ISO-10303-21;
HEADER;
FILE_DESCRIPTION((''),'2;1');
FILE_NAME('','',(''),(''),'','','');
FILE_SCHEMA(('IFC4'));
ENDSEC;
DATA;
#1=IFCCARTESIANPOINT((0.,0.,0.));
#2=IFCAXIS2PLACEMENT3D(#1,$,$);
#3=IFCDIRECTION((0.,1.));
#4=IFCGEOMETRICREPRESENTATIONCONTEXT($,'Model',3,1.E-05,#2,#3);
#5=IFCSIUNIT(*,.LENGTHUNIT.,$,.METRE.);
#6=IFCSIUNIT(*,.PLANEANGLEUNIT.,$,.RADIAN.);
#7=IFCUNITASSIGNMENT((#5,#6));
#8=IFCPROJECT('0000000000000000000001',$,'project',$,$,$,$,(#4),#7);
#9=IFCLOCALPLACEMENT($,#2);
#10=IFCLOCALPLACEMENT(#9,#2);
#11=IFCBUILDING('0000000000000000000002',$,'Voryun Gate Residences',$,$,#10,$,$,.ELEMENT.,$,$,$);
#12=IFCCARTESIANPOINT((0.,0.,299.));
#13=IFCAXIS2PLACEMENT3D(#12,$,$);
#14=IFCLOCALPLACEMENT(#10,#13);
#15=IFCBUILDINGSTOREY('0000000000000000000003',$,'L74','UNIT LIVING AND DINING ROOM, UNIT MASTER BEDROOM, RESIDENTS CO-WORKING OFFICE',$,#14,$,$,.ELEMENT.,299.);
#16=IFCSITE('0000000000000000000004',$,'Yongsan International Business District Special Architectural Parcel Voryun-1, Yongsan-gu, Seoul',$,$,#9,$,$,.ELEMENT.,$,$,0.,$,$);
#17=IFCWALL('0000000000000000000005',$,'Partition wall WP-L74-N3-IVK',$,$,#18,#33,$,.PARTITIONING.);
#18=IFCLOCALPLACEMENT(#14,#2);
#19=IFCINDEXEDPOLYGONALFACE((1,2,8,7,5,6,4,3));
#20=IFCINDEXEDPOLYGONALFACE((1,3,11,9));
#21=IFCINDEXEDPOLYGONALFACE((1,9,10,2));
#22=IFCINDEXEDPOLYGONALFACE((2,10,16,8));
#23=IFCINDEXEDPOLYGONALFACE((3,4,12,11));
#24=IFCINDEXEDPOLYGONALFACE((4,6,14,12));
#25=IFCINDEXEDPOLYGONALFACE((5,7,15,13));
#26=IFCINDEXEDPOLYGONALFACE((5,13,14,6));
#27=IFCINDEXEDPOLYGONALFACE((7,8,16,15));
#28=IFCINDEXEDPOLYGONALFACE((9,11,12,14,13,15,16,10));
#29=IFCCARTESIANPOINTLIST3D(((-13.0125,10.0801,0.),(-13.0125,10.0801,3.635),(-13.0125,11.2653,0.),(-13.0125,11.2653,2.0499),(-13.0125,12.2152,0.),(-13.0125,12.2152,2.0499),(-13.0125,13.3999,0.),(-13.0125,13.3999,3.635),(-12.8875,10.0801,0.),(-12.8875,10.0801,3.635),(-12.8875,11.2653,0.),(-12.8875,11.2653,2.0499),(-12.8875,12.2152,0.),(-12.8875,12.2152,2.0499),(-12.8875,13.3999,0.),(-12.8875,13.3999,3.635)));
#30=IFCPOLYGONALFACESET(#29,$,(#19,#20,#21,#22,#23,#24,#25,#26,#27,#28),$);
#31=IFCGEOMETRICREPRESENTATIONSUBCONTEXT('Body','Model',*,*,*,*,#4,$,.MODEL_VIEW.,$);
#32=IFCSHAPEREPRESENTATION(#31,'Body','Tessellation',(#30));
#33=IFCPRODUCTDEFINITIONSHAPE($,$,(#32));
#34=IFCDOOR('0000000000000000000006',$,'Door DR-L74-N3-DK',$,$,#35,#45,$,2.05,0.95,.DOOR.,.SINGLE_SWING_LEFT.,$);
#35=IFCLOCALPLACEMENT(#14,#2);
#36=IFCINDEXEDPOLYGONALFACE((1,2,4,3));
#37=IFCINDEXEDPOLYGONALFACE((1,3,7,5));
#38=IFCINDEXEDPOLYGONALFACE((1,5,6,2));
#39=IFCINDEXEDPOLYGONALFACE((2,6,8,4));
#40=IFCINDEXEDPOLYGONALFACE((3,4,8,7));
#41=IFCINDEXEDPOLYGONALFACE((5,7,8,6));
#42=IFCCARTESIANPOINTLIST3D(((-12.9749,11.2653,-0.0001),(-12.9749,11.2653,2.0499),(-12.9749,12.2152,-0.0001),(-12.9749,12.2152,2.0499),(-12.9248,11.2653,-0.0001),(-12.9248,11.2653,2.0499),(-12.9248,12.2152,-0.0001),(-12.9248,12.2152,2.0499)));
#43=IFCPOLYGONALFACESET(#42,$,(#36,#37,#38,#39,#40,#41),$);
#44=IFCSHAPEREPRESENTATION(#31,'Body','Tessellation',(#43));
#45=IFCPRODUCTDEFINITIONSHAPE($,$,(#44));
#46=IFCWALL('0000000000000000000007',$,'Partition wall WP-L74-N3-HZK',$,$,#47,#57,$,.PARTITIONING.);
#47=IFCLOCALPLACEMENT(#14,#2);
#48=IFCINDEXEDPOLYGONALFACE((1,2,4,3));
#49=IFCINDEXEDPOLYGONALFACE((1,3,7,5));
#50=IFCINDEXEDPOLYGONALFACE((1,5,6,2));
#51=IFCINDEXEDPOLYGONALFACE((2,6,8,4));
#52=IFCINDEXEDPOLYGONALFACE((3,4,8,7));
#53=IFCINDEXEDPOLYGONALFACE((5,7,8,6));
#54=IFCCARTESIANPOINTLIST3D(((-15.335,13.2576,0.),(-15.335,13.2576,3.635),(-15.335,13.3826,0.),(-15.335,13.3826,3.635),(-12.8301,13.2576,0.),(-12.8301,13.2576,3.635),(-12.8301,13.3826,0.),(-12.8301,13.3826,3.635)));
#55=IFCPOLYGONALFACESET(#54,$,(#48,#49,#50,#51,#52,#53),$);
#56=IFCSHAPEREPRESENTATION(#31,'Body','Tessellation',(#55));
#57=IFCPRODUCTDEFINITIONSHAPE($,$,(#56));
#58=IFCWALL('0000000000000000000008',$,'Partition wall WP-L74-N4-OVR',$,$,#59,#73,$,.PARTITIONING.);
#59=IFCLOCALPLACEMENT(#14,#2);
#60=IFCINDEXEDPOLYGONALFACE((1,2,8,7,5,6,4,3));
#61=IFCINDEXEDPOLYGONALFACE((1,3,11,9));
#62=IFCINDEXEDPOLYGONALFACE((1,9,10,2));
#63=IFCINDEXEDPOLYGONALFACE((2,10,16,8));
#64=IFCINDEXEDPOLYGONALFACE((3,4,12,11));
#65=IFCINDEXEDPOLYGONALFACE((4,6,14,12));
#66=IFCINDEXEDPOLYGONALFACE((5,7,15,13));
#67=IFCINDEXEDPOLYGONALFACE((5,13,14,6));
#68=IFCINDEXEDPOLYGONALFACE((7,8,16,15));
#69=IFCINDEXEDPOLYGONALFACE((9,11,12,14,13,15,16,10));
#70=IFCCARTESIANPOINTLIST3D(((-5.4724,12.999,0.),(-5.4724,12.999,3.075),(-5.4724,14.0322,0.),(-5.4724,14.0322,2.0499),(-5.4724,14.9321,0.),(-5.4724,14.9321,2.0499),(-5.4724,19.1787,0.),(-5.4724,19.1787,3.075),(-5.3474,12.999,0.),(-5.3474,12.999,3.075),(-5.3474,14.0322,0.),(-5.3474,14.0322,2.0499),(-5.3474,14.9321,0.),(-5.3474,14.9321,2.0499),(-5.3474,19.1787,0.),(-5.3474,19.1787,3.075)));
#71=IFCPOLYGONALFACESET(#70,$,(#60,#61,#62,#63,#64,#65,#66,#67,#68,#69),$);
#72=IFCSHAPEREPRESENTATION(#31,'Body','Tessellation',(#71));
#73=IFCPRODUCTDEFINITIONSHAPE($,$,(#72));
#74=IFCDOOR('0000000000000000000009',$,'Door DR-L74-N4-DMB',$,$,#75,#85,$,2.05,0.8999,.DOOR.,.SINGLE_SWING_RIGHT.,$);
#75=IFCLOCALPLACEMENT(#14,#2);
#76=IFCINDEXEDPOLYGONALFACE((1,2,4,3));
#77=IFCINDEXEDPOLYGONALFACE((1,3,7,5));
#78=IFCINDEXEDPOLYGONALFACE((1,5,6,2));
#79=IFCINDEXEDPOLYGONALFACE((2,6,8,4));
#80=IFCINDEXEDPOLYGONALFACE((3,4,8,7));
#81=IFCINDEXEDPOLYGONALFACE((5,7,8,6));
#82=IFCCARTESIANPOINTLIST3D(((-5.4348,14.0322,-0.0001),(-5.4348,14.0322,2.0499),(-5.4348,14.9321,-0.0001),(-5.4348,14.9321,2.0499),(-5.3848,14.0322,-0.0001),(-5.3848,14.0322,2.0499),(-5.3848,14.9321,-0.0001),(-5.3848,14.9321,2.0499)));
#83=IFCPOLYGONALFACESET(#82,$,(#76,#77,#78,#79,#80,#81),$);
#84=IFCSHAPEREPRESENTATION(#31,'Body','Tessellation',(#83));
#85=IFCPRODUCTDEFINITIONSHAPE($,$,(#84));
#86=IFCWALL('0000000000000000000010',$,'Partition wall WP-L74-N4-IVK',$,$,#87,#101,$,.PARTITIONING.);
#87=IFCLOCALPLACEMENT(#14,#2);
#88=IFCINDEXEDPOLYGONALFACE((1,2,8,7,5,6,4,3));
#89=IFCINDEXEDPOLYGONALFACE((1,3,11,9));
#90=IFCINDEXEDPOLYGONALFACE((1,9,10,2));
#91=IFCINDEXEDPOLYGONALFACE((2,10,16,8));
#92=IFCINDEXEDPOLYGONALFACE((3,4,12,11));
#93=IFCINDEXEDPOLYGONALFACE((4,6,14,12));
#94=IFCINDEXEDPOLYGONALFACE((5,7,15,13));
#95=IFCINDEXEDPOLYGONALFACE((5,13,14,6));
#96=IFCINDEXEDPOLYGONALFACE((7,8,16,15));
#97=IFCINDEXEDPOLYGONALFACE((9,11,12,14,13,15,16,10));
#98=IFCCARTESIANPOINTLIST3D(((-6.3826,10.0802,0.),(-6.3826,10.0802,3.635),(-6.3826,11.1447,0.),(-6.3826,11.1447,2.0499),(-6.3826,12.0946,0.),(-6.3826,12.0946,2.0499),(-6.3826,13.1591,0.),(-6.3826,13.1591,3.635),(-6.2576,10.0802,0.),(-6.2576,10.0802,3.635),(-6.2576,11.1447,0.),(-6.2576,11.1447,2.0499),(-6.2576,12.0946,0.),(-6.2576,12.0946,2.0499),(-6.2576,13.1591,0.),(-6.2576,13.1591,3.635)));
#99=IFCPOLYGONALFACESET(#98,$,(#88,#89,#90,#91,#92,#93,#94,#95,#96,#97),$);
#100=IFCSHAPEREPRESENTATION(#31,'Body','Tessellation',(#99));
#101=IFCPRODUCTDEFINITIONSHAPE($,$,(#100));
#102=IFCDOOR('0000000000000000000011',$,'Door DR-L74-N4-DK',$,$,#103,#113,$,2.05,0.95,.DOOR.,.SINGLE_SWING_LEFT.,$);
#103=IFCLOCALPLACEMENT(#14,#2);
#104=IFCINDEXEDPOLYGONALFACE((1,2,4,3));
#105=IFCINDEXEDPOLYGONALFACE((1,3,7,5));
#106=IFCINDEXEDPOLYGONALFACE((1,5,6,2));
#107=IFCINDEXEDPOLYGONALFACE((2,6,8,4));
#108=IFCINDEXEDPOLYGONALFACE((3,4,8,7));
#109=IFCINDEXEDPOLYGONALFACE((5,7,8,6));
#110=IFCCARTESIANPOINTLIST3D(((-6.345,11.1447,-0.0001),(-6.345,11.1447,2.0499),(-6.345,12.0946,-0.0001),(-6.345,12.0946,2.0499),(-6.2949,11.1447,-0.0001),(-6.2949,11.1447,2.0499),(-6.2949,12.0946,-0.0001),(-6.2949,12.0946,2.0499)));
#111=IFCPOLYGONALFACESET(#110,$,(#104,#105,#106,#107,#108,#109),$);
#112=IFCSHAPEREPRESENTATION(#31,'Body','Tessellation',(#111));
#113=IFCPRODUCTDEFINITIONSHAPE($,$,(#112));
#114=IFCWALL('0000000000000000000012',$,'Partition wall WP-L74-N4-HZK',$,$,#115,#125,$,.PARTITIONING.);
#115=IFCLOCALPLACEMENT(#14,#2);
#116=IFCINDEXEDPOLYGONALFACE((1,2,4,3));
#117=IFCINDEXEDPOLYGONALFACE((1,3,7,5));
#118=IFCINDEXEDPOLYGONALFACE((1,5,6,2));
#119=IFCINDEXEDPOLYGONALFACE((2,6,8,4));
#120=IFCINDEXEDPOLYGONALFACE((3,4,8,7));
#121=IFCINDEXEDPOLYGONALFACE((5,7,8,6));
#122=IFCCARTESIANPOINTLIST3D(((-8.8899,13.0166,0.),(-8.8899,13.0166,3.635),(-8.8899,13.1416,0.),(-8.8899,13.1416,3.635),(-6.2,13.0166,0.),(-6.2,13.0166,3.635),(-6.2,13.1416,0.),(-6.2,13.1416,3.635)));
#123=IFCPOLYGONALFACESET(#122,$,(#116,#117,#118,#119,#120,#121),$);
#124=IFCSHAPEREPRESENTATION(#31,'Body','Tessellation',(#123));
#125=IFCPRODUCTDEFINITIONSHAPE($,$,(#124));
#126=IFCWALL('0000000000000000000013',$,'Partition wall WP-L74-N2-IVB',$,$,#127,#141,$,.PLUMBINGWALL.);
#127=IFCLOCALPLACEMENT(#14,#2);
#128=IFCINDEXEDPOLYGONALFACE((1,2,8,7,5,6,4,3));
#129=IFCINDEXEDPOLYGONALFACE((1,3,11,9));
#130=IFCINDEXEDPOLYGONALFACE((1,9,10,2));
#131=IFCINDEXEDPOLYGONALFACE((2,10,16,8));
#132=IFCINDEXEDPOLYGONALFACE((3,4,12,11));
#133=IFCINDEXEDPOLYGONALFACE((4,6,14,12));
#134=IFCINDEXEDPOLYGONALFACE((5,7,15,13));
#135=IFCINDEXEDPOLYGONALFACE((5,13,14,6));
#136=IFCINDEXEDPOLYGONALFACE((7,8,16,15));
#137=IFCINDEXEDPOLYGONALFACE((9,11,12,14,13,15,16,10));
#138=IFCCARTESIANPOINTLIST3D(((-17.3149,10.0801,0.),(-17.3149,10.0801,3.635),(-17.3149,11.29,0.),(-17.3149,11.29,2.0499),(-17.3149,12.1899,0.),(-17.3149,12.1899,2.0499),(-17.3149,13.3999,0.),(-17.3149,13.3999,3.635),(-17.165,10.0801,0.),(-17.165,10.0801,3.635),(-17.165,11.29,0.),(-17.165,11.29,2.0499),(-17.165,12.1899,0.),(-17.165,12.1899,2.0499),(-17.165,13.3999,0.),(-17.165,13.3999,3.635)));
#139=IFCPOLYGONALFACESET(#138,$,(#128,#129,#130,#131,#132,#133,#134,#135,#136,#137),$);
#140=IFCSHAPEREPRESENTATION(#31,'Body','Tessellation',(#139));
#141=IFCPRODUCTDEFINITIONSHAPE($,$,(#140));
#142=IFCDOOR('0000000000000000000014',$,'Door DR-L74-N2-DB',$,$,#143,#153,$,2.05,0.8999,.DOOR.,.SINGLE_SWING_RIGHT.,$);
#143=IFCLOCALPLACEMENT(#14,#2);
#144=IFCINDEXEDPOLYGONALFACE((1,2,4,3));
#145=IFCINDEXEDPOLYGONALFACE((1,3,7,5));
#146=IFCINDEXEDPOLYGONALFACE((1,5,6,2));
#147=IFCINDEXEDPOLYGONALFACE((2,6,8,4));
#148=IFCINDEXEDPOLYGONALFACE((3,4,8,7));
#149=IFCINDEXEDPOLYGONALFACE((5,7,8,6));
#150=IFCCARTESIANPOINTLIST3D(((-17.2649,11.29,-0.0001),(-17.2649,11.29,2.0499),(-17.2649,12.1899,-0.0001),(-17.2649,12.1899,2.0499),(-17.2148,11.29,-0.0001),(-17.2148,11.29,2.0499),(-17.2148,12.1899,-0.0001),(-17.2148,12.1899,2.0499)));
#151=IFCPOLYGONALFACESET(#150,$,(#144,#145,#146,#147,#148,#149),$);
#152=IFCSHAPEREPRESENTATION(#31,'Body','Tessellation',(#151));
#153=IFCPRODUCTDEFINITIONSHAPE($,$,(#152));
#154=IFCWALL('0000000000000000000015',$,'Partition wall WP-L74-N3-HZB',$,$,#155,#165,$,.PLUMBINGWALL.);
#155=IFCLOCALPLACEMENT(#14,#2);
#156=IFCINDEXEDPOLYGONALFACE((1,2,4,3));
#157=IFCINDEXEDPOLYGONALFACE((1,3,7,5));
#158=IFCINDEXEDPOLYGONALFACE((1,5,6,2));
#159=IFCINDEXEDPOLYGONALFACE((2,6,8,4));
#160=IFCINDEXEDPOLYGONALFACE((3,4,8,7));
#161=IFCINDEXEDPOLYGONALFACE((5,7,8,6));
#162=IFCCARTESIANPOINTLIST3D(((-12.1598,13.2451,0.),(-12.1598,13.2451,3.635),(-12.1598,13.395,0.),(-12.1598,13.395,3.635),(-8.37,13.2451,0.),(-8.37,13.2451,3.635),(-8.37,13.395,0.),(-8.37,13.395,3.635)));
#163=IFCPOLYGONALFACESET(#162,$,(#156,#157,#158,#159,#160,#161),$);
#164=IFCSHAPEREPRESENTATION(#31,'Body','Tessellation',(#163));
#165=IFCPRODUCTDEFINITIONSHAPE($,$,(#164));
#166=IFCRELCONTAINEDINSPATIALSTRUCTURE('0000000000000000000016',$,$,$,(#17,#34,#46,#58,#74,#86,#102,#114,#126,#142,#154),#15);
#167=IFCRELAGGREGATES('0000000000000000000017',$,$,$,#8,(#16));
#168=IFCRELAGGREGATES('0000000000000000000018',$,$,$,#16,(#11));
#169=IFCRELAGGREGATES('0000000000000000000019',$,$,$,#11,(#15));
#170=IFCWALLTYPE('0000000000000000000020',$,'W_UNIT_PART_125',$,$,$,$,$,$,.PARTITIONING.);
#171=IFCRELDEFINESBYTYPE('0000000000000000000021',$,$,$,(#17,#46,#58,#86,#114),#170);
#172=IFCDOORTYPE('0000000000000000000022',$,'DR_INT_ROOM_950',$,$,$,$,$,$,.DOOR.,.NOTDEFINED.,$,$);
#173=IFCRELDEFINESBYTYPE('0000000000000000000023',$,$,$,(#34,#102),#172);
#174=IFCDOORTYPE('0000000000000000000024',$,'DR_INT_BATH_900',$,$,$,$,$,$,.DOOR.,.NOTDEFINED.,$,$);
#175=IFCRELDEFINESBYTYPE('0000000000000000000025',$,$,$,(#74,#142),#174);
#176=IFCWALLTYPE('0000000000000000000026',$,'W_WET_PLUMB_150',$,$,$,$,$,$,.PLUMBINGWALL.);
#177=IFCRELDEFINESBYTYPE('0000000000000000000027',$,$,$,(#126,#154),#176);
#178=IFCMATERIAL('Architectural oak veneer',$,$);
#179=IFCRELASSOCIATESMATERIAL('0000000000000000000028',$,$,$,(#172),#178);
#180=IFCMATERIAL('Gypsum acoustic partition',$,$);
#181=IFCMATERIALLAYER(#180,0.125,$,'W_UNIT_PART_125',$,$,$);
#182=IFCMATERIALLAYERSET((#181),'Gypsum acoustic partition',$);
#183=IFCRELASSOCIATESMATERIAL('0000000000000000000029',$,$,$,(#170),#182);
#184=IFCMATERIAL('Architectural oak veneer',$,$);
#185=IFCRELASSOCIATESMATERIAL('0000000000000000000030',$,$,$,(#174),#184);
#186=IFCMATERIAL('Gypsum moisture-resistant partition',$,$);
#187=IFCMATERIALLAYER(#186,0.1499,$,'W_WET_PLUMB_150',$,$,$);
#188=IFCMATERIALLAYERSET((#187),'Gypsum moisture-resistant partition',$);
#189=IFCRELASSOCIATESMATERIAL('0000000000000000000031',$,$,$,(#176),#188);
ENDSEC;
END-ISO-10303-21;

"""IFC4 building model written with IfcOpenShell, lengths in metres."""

from ifc_helpers import new_model, si_unit, direction, frame, frame_2d, origin, place, context, subcontext, project, spatial, rectangle, extrude, material, layer, layer_set, type_object, element, fill, save


model = new_model("IFC4")

# Units and contexts
model_context = context("Model", 3, precision=1e-05, world=origin(), true_north=direction((0.0, 1.0)))
body_context = subcontext(model_context, "Body", "Model", "MODEL_VIEW")
ifc_project = project(units=[si_unit("LENGTHUNIT", "METRE"), si_unit("PLANEANGLEUNIT", "RADIAN")], contexts=[model_context])

# Site, building, storey
site_placement = place(None, origin())
site = spatial("IfcSite", under=ifc_project, at=site_placement, Name="Yongsan International Business District Special Architectural Parcel Voryun-1, Yongsan-gu, Seoul", CompositionType="ELEMENT", RefElevation=0.0)
building_placement = place(site_placement, origin())
building = spatial("IfcBuilding", under=site, at=building_placement, Name="Voryun Gate Residences", CompositionType="ELEMENT")
storey_placement = place(building_placement, frame((0.0, 0.0, 299.0)))
storey = spatial("IfcBuildingStorey", under=building, at=storey_placement, Name="L74", Description="UNIT LIVING AND DINING ROOM, UNIT MASTER BEDROOM, RESIDENTS CO-WORKING OFFICE", CompositionType="ELEMENT", Elevation=299.0)

# Shared definitions
ifc_material_1 = material(Name="Architectural oak veneer")
door_type_1 = type_object("IfcDoorType", Name="DR_INT_ROOM_950", OperationType="NOTDEFINED", PredefinedType="DOOR", material=ifc_material_1)

# Wall, opening, door
ifc_material_2 = material(Name="Gypsum acoustic partition")
ifc_layer_1 = layer(ifc_material_2, 0.125, Name="W_UNIT_PART_125")
ifc_layer_set_1 = layer_set([ifc_layer_1], Name="Gypsum acoustic partition")
wall_type_1 = type_object("IfcWallType", Name="W_UNIT_PART_125", PredefinedType="PARTITIONING", material=ifc_layer_set_1)
ifc_material_3 = material(Name="Architectural oak veneer")
door_type_2 = type_object("IfcDoorType", Name="DR_INT_BATH_900", OperationType="NOTDEFINED", PredefinedType="DOOR", material=ifc_material_3)
wall_1_placement = place(storey_placement, frame((-12.95, 10.0801, 0.0), z_axis=(0.0, 0.0, 1.0), x_axis=(0.0, 1.0, 0.0)))
wall_1 = element("IfcWall", 1, at=wall_1_placement, inside=storey, type_object=wall_type_1, Name="Partition wall WP-L74-N3-IVK", PredefinedType="PARTITIONING", context=body_context, shape_type="SweptSolid", body=[
    extrude(rectangle(XDim=3.3198, YDim=0.125, at=frame_2d((1.6599, 0.0))), origin(), (0.0, 0.0, 1.0), 3.635),
])
opening_1_placement = place(wall_1_placement, frame((1.1851, 0.0, 0.0)))
opening_1 = element("IfcOpeningElement", 2, at=opening_1_placement, cuts=wall_1, PredefinedType="OPENING", context=body_context, shape_type="SweptSolid", body=[
    extrude(rectangle(XDim=0.95, YDim=2.05, at=frame_2d((0.4751, 1.0249))), frame((0.0, 0.0725, 0.0), z_axis=(0.0, -1.0, 0.0), x_axis=(1.0, 0.0, 0.0)), (0.0, 0.0, 1.0), 0.145),
])
door_1_placement = place(opening_1_placement, origin())
door_1 = element("IfcDoor", 3, at=door_1_placement, inside=storey, type_object=door_type_1, Name="Door DR-L74-N3-DK", OperationType="SINGLE_SWING_LEFT", OverallHeight=2.05, OverallWidth=0.95, PredefinedType="DOOR", context=body_context, shape_type="SweptSolid", body=[
    extrude(rectangle(XDim=0.95, YDim=2.05, at=frame_2d((0.4751, 1.0249))), frame((0.0, 0.0249, 0.0), z_axis=(0.0, -1.0, 0.0), x_axis=(1.0, 0.0, 0.0)), (0.0, 0.0, 1.0), 0.05),
])
fill(opening_1, door_1)

# Wall
wall_2_placement = place(storey_placement, frame((-15.335, 13.3201, 0.0), z_axis=(0.0, 0.0, 1.0), x_axis=(1.0, 0.0, 0.0)))
element("IfcWall", 4, at=wall_2_placement, inside=storey, type_object=wall_type_1, Name="Partition wall WP-L74-N3-HZK", PredefinedType="PARTITIONING", context=body_context, shape_type="SweptSolid", body=[
    extrude(rectangle(XDim=2.5049, YDim=0.125, at=frame_2d((1.2524, 0.0))), origin(), (0.0, 0.0, 1.0), 3.635),
])

# Walls, openings, doors
wall_3_placement = place(storey_placement, frame((-5.4099, 12.999, 0.0), z_axis=(0.0, 0.0, 1.0), x_axis=(0.0, 1.0, 0.0)))
wall_3 = element("IfcWall", 5, at=wall_3_placement, inside=storey, type_object=wall_type_1, Name="Partition wall WP-L74-N4-OVR", PredefinedType="PARTITIONING", context=body_context, shape_type="SweptSolid", body=[
    extrude(rectangle(XDim=6.1797, YDim=0.125, at=frame_2d((3.0898, 0.0))), origin(), (0.0, 0.0, 1.0), 3.075),
])
opening_2_placement = place(wall_3_placement, frame((1.0332, 0.0, 0.0)))
opening_2 = element("IfcOpeningElement", 6, at=opening_2_placement, cuts=wall_3, PredefinedType="OPENING", context=body_context, shape_type="SweptSolid", body=[
    extrude(rectangle(XDim=0.8999, YDim=2.05, at=frame_2d((0.45, 1.0249))), frame((0.0, 0.0725, 0.0), z_axis=(0.0, -1.0, 0.0), x_axis=(1.0, 0.0, 0.0)), (0.0, 0.0, 1.0), 0.145),
])
door_2_placement = place(opening_2_placement, origin())
door_2 = element("IfcDoor", 7, at=door_2_placement, inside=storey, type_object=door_type_2, Name="Door DR-L74-N4-DMB", OperationType="SINGLE_SWING_RIGHT", OverallHeight=2.05, OverallWidth=0.8999, PredefinedType="DOOR", context=body_context, shape_type="SweptSolid", body=[
    extrude(rectangle(XDim=0.8999, YDim=2.05, at=frame_2d((0.45, 1.0249))), frame((0.0, 0.0249, 0.0), z_axis=(0.0, -1.0, 0.0), x_axis=(1.0, 0.0, 0.0)), (0.0, 0.0, 1.0), 0.05),
])
fill(opening_2, door_2)
wall_4_placement = place(storey_placement, frame((-6.3201, 10.0801, 0.0), z_axis=(0.0, 0.0, 1.0), x_axis=(0.0, 1.0, 0.0)))
wall_4 = element("IfcWall", 8, at=wall_4_placement, inside=storey, type_object=wall_type_1, Name="Partition wall WP-L74-N4-IVK", PredefinedType="PARTITIONING", context=body_context, shape_type="SweptSolid", body=[
    extrude(rectangle(XDim=3.0789, YDim=0.125, at=frame_2d((1.5396, 0.0))), origin(), (0.0, 0.0, 1.0), 3.635),
])
opening_3_placement = place(wall_4_placement, frame((1.0645, 0.0, 0.0)))
opening_3 = element("IfcOpeningElement", 9, at=opening_3_placement, cuts=wall_4, PredefinedType="OPENING", context=body_context, shape_type="SweptSolid", body=[
    extrude(rectangle(XDim=0.95, YDim=2.05, at=frame_2d((0.4751, 1.0249))), frame((0.0, 0.0725, 0.0), z_axis=(0.0, -1.0, 0.0), x_axis=(1.0, 0.0, 0.0)), (0.0, 0.0, 1.0), 0.145),
])
door_3_placement = place(opening_3_placement, origin())
door_3 = element("IfcDoor", 10, at=door_3_placement, inside=storey, type_object=door_type_1, Name="Door DR-L74-N4-DK", OperationType="SINGLE_SWING_LEFT", OverallHeight=2.05, OverallWidth=0.95, PredefinedType="DOOR", context=body_context, shape_type="SweptSolid", body=[
    extrude(rectangle(XDim=0.95, YDim=2.05, at=frame_2d((0.4751, 1.0249))), frame((0.0, 0.0249, 0.0), z_axis=(0.0, -1.0, 0.0), x_axis=(1.0, 0.0, 0.0)), (0.0, 0.0, 1.0), 0.05),
])
fill(opening_3, door_3)

# Wall
wall_5_placement = place(storey_placement, frame((-8.8899, 13.0791, 0.0), z_axis=(0.0, 0.0, 1.0), x_axis=(1.0, 0.0, 0.0)))
element("IfcWall", 11, at=wall_5_placement, inside=storey, type_object=wall_type_1, Name="Partition wall WP-L74-N4-HZK", PredefinedType="PARTITIONING", context=body_context, shape_type="SweptSolid", body=[
    extrude(rectangle(XDim=2.6899, YDim=0.125, at=frame_2d((1.345, 0.0))), origin(), (0.0, 0.0, 1.0), 3.635),
])

# Wall, opening, door
ifc_material_4 = material(Name="Gypsum moisture-resistant partition")
ifc_layer_2 = layer(ifc_material_4, 0.1499, Name="W_WET_PLUMB_150")
ifc_layer_set_2 = layer_set([ifc_layer_2], Name="Gypsum moisture-resistant partition")
wall_type_2 = type_object("IfcWallType", Name="W_WET_PLUMB_150", PredefinedType="PLUMBINGWALL", material=ifc_layer_set_2)
wall_6_placement = place(storey_placement, frame((-17.24, 10.0801, 0.0), z_axis=(0.0, 0.0, 1.0), x_axis=(0.0, 1.0, 0.0)))
wall_6 = element("IfcWall", 12, at=wall_6_placement, inside=storey, type_object=wall_type_2, Name="Partition wall WP-L74-N2-IVB", PredefinedType="PLUMBINGWALL", context=body_context, shape_type="SweptSolid", body=[
    extrude(rectangle(XDim=3.3198, YDim=0.1499, at=frame_2d((1.6599, 0.0))), origin(), (0.0, 0.0, 1.0), 3.635),
])
opening_4_placement = place(wall_6_placement, frame((1.21, 0.0, 0.0)))
opening_4 = element("IfcOpeningElement", 13, at=opening_4_placement, cuts=wall_6, PredefinedType="OPENING", context=body_context, shape_type="SweptSolid", body=[
    extrude(rectangle(XDim=0.8999, YDim=2.05, at=frame_2d((0.45, 1.0249))), frame((0.0, 0.085, 0.0), z_axis=(0.0, -1.0, 0.0), x_axis=(1.0, 0.0, 0.0)), (0.0, 0.0, 1.0), 0.1699),
])
door_4_placement = place(opening_4_placement, origin())
door_4 = element("IfcDoor", 14, at=door_4_placement, inside=storey, type_object=door_type_2, Name="Door DR-L74-N2-DB", OperationType="SINGLE_SWING_RIGHT", OverallHeight=2.05, OverallWidth=0.8999, PredefinedType="DOOR", context=body_context, shape_type="SweptSolid", body=[
    extrude(rectangle(XDim=0.8999, YDim=2.05, at=frame_2d((0.45, 1.0249))), frame((0.0, 0.0249, 0.0), z_axis=(0.0, -1.0, 0.0), x_axis=(1.0, 0.0, 0.0)), (0.0, 0.0, 1.0), 0.05),
])
fill(opening_4, door_4)

# Wall
wall_7_placement = place(storey_placement, frame((-12.1599, 13.3201, 0.0), z_axis=(0.0, 0.0, 1.0), x_axis=(1.0, 0.0, 0.0)))
element("IfcWall", 15, at=wall_7_placement, inside=storey, type_object=wall_type_2, Name="Partition wall WP-L74-N3-HZB", PredefinedType="PLUMBINGWALL", context=body_context, shape_type="SweptSolid", body=[
    extrude(rectangle(XDim=3.7898, YDim=0.1499, at=frame_2d((1.895, 0.0))), origin(), (0.0, 0.0, 1.0), 3.635),
])

save(model, "model.ifc")
